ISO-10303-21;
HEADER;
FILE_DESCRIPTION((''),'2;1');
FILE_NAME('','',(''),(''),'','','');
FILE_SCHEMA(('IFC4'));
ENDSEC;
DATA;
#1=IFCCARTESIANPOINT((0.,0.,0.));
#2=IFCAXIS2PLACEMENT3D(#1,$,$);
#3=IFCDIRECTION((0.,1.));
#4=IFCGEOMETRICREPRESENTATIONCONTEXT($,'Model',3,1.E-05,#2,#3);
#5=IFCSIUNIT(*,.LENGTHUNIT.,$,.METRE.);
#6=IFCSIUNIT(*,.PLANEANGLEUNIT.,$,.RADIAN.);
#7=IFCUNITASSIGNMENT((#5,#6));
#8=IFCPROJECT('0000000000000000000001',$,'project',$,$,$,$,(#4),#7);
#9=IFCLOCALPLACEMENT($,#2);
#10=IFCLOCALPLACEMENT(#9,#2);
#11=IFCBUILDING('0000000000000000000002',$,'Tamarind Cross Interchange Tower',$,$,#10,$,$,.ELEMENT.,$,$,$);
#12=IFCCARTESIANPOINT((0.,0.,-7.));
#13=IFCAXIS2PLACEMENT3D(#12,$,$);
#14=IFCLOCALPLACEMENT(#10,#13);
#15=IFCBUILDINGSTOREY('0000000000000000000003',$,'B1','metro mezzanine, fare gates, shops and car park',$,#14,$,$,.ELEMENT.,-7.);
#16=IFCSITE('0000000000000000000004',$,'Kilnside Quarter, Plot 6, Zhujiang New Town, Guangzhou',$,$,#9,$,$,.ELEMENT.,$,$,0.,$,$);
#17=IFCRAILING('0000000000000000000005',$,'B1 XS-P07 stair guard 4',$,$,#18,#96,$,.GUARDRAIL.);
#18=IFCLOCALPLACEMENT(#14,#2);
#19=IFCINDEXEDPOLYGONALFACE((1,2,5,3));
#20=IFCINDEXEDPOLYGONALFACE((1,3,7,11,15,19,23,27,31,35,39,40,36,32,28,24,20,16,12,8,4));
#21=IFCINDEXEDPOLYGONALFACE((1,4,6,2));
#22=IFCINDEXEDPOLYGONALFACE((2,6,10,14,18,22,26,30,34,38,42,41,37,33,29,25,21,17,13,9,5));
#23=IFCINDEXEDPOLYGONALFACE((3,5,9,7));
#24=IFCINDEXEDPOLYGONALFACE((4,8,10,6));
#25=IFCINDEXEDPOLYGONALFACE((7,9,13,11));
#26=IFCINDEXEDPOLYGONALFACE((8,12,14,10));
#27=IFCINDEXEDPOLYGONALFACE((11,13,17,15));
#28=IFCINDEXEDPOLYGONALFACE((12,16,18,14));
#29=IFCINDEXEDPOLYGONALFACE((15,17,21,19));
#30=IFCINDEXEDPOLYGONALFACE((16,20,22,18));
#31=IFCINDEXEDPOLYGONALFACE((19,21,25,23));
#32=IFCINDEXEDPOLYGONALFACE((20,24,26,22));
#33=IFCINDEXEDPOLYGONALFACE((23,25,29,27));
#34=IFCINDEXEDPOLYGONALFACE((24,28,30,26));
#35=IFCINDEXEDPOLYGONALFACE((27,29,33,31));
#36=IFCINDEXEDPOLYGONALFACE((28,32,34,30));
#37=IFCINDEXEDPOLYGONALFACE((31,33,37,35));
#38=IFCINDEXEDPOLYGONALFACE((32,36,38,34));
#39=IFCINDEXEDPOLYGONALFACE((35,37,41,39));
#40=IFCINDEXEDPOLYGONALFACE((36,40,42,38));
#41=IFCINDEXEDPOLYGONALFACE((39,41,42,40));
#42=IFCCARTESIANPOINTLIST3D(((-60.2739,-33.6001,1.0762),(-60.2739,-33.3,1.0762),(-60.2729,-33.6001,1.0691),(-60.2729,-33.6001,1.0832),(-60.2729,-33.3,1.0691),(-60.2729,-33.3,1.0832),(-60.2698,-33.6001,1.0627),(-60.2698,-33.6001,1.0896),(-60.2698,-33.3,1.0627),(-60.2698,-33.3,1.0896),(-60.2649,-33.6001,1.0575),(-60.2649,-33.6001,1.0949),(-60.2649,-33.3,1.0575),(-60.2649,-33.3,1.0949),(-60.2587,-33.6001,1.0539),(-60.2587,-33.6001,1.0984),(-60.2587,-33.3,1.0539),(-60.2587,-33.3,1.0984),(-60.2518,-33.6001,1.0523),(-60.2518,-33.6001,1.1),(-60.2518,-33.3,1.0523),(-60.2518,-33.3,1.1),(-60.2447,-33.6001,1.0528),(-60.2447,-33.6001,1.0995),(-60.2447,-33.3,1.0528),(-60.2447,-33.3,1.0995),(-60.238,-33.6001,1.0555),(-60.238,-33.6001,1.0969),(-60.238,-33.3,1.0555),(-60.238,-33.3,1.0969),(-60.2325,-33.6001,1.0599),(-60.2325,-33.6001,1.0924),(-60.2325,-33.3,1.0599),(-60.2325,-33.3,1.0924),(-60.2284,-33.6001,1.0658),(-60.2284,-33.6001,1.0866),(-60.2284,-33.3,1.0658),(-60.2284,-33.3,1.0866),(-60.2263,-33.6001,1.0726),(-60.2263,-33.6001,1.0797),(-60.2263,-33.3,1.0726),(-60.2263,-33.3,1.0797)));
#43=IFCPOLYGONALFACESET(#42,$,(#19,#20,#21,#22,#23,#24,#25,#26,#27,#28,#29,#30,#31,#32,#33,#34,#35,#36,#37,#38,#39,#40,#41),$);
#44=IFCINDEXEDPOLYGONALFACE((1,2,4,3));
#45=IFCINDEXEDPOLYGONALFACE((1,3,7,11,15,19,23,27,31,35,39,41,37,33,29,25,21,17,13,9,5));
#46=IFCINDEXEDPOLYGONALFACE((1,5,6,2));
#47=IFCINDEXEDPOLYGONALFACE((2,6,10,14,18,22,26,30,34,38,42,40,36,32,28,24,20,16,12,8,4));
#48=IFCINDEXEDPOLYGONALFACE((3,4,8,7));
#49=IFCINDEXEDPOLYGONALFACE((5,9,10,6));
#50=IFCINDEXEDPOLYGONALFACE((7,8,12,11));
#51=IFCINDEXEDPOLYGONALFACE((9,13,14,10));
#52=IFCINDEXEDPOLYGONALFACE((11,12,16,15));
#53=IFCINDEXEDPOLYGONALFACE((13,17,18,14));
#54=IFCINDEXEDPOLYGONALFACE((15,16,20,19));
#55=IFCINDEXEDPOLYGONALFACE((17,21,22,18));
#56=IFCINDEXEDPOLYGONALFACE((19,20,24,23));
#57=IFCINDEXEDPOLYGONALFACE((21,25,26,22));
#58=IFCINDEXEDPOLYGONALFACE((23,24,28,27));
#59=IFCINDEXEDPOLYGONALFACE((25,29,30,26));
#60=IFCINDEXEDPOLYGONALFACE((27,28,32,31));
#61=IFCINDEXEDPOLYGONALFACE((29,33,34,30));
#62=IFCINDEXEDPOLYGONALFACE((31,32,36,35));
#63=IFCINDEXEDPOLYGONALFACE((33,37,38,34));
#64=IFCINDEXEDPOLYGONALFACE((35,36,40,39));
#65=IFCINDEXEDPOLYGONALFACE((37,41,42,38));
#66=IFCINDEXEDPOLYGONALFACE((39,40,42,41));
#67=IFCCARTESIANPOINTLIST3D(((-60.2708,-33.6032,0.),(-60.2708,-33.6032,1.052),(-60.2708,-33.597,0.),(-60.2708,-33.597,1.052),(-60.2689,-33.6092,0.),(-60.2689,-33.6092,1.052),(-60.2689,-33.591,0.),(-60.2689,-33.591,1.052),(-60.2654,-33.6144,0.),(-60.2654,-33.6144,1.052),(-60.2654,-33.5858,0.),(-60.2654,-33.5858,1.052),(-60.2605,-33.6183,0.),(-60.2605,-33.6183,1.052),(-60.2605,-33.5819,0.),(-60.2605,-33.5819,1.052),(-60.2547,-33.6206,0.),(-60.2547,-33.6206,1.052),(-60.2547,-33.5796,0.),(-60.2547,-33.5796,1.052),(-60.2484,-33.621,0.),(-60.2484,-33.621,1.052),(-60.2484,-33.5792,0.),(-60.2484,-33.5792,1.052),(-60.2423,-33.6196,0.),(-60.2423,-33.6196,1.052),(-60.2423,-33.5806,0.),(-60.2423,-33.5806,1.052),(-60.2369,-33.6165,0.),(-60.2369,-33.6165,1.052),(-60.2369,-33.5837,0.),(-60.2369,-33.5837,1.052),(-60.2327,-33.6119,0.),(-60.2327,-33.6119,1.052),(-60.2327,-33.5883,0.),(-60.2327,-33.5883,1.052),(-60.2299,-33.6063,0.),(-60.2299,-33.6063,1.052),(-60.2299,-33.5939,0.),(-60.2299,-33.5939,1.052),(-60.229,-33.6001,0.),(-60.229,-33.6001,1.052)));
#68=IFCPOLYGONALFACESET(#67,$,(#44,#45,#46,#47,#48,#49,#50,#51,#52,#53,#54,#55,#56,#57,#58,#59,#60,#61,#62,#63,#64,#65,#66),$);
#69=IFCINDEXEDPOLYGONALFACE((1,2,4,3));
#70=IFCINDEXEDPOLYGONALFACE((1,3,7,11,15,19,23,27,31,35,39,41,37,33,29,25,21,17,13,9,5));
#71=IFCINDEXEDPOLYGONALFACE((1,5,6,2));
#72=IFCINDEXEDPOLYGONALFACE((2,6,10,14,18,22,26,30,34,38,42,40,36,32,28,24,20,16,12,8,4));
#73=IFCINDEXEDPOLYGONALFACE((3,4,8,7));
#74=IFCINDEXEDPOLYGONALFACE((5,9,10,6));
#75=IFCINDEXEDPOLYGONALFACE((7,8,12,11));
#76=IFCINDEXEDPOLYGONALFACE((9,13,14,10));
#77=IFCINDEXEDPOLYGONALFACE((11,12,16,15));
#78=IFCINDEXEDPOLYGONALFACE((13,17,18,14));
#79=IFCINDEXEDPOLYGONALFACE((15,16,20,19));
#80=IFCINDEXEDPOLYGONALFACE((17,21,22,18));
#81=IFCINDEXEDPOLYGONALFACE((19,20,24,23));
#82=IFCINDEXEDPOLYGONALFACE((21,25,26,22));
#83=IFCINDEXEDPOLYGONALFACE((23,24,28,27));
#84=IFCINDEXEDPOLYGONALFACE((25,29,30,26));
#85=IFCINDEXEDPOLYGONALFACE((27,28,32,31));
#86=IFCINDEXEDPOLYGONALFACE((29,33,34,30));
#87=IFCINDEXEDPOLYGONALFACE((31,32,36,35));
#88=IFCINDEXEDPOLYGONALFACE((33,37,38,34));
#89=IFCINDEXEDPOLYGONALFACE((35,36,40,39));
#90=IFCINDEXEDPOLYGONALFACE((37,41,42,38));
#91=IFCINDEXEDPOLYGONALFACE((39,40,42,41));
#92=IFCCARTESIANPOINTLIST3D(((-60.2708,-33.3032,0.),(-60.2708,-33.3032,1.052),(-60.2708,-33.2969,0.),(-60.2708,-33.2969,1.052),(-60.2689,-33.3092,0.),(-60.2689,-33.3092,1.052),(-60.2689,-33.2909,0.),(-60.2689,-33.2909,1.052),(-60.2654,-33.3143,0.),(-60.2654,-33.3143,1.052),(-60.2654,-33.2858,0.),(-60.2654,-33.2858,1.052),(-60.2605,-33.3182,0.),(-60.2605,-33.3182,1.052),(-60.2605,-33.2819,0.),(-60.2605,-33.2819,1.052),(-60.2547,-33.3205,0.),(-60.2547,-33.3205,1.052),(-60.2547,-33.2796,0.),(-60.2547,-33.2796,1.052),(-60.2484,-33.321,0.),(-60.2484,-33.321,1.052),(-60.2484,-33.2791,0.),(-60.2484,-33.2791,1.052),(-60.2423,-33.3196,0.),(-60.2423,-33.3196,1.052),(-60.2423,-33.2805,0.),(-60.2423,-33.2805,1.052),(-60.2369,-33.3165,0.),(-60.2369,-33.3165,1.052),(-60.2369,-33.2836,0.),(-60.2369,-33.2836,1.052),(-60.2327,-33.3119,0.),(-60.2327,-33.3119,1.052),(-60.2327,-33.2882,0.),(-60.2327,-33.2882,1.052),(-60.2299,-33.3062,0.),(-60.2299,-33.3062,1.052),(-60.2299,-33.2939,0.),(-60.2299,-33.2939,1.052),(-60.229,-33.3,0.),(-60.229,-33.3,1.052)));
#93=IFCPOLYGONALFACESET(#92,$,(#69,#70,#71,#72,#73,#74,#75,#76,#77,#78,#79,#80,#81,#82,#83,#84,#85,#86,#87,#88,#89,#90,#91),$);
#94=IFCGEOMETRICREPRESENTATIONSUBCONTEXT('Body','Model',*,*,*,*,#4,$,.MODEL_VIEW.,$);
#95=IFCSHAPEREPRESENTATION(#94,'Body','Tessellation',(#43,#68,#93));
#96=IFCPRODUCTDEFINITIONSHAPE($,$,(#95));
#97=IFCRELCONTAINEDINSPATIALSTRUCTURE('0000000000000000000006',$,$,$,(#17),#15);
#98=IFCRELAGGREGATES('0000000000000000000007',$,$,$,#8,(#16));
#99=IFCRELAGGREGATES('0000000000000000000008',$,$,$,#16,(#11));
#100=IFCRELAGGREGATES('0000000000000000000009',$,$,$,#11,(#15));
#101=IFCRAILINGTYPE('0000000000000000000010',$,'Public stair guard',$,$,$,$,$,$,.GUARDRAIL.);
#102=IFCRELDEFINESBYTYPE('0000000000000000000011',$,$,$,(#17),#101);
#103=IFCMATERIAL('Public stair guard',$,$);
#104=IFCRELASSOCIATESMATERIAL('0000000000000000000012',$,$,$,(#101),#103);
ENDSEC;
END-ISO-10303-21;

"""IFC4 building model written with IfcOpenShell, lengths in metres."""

from ifc_helpers import new_model, si_unit, direction, frame, origin, origin_2d, place, context, subcontext, project, spatial, circle, extrude, material, type_object, element, save


model = new_model("IFC4")

# Units and contexts
model_context = context("Model", 3, precision=1e-05, world=origin(), true_north=direction((0.0, 1.0)))
body_context = subcontext(model_context, "Body", "Model", "MODEL_VIEW")
ifc_project = project(units=[si_unit("LENGTHUNIT", "METRE"), si_unit("PLANEANGLEUNIT", "RADIAN")], contexts=[model_context])

# Site, building, storey
site_placement = place(None, origin())
site = spatial("IfcSite", under=ifc_project, at=site_placement, Name="Kilnside Quarter, Plot 6, Zhujiang New Town, Guangzhou", CompositionType="ELEMENT", RefElevation=0.0)
building_placement = place(site_placement, origin())
building = spatial("IfcBuilding", under=site, at=building_placement, Name="Tamarind Cross Interchange Tower", CompositionType="ELEMENT")
storey_placement = place(building_placement, frame((0.0, 0.0, -7.0)))
storey = spatial("IfcBuildingStorey", under=building, at=storey_placement, Name="B1", Description="metro mezzanine, fare gates, shops and car park", CompositionType="ELEMENT", Elevation=-7.0)

# Railing
ifc_material_1 = material(Name="Public stair guard")
railing_type_1 = type_object("IfcRailingType", Name="Public stair guard", PredefinedType="GUARDRAIL", material=ifc_material_1)
railing_1_placement = place(storey_placement, frame((-60.25, -33.6001, 0.0)))
element("IfcRailing", 1, at=railing_1_placement, inside=storey, type_object=railing_type_1, Name="B1 XS-P07 stair guard 4", PredefinedType="GUARDRAIL", context=body_context, shape_type="SweptSolid", body=[
    extrude(circle(Radius=0.0239, at=origin_2d()), frame((0.0, 0.0, 1.0762), z_axis=(0.0, 1.0, 0.0), x_axis=(-1.0, 0.0, 0.0)), (0.0, 0.0, 1.0), 0.3),
    extrude(circle(Radius=0.021, at=origin_2d()), origin(), (0.0, 0.0, 1.0), 1.052),
    extrude(circle(Radius=0.021, at=origin_2d()), frame((0.0, 0.3, 0.0)), (0.0, 0.0, 1.0), 1.052),
])

save(model, "model.ifc")
